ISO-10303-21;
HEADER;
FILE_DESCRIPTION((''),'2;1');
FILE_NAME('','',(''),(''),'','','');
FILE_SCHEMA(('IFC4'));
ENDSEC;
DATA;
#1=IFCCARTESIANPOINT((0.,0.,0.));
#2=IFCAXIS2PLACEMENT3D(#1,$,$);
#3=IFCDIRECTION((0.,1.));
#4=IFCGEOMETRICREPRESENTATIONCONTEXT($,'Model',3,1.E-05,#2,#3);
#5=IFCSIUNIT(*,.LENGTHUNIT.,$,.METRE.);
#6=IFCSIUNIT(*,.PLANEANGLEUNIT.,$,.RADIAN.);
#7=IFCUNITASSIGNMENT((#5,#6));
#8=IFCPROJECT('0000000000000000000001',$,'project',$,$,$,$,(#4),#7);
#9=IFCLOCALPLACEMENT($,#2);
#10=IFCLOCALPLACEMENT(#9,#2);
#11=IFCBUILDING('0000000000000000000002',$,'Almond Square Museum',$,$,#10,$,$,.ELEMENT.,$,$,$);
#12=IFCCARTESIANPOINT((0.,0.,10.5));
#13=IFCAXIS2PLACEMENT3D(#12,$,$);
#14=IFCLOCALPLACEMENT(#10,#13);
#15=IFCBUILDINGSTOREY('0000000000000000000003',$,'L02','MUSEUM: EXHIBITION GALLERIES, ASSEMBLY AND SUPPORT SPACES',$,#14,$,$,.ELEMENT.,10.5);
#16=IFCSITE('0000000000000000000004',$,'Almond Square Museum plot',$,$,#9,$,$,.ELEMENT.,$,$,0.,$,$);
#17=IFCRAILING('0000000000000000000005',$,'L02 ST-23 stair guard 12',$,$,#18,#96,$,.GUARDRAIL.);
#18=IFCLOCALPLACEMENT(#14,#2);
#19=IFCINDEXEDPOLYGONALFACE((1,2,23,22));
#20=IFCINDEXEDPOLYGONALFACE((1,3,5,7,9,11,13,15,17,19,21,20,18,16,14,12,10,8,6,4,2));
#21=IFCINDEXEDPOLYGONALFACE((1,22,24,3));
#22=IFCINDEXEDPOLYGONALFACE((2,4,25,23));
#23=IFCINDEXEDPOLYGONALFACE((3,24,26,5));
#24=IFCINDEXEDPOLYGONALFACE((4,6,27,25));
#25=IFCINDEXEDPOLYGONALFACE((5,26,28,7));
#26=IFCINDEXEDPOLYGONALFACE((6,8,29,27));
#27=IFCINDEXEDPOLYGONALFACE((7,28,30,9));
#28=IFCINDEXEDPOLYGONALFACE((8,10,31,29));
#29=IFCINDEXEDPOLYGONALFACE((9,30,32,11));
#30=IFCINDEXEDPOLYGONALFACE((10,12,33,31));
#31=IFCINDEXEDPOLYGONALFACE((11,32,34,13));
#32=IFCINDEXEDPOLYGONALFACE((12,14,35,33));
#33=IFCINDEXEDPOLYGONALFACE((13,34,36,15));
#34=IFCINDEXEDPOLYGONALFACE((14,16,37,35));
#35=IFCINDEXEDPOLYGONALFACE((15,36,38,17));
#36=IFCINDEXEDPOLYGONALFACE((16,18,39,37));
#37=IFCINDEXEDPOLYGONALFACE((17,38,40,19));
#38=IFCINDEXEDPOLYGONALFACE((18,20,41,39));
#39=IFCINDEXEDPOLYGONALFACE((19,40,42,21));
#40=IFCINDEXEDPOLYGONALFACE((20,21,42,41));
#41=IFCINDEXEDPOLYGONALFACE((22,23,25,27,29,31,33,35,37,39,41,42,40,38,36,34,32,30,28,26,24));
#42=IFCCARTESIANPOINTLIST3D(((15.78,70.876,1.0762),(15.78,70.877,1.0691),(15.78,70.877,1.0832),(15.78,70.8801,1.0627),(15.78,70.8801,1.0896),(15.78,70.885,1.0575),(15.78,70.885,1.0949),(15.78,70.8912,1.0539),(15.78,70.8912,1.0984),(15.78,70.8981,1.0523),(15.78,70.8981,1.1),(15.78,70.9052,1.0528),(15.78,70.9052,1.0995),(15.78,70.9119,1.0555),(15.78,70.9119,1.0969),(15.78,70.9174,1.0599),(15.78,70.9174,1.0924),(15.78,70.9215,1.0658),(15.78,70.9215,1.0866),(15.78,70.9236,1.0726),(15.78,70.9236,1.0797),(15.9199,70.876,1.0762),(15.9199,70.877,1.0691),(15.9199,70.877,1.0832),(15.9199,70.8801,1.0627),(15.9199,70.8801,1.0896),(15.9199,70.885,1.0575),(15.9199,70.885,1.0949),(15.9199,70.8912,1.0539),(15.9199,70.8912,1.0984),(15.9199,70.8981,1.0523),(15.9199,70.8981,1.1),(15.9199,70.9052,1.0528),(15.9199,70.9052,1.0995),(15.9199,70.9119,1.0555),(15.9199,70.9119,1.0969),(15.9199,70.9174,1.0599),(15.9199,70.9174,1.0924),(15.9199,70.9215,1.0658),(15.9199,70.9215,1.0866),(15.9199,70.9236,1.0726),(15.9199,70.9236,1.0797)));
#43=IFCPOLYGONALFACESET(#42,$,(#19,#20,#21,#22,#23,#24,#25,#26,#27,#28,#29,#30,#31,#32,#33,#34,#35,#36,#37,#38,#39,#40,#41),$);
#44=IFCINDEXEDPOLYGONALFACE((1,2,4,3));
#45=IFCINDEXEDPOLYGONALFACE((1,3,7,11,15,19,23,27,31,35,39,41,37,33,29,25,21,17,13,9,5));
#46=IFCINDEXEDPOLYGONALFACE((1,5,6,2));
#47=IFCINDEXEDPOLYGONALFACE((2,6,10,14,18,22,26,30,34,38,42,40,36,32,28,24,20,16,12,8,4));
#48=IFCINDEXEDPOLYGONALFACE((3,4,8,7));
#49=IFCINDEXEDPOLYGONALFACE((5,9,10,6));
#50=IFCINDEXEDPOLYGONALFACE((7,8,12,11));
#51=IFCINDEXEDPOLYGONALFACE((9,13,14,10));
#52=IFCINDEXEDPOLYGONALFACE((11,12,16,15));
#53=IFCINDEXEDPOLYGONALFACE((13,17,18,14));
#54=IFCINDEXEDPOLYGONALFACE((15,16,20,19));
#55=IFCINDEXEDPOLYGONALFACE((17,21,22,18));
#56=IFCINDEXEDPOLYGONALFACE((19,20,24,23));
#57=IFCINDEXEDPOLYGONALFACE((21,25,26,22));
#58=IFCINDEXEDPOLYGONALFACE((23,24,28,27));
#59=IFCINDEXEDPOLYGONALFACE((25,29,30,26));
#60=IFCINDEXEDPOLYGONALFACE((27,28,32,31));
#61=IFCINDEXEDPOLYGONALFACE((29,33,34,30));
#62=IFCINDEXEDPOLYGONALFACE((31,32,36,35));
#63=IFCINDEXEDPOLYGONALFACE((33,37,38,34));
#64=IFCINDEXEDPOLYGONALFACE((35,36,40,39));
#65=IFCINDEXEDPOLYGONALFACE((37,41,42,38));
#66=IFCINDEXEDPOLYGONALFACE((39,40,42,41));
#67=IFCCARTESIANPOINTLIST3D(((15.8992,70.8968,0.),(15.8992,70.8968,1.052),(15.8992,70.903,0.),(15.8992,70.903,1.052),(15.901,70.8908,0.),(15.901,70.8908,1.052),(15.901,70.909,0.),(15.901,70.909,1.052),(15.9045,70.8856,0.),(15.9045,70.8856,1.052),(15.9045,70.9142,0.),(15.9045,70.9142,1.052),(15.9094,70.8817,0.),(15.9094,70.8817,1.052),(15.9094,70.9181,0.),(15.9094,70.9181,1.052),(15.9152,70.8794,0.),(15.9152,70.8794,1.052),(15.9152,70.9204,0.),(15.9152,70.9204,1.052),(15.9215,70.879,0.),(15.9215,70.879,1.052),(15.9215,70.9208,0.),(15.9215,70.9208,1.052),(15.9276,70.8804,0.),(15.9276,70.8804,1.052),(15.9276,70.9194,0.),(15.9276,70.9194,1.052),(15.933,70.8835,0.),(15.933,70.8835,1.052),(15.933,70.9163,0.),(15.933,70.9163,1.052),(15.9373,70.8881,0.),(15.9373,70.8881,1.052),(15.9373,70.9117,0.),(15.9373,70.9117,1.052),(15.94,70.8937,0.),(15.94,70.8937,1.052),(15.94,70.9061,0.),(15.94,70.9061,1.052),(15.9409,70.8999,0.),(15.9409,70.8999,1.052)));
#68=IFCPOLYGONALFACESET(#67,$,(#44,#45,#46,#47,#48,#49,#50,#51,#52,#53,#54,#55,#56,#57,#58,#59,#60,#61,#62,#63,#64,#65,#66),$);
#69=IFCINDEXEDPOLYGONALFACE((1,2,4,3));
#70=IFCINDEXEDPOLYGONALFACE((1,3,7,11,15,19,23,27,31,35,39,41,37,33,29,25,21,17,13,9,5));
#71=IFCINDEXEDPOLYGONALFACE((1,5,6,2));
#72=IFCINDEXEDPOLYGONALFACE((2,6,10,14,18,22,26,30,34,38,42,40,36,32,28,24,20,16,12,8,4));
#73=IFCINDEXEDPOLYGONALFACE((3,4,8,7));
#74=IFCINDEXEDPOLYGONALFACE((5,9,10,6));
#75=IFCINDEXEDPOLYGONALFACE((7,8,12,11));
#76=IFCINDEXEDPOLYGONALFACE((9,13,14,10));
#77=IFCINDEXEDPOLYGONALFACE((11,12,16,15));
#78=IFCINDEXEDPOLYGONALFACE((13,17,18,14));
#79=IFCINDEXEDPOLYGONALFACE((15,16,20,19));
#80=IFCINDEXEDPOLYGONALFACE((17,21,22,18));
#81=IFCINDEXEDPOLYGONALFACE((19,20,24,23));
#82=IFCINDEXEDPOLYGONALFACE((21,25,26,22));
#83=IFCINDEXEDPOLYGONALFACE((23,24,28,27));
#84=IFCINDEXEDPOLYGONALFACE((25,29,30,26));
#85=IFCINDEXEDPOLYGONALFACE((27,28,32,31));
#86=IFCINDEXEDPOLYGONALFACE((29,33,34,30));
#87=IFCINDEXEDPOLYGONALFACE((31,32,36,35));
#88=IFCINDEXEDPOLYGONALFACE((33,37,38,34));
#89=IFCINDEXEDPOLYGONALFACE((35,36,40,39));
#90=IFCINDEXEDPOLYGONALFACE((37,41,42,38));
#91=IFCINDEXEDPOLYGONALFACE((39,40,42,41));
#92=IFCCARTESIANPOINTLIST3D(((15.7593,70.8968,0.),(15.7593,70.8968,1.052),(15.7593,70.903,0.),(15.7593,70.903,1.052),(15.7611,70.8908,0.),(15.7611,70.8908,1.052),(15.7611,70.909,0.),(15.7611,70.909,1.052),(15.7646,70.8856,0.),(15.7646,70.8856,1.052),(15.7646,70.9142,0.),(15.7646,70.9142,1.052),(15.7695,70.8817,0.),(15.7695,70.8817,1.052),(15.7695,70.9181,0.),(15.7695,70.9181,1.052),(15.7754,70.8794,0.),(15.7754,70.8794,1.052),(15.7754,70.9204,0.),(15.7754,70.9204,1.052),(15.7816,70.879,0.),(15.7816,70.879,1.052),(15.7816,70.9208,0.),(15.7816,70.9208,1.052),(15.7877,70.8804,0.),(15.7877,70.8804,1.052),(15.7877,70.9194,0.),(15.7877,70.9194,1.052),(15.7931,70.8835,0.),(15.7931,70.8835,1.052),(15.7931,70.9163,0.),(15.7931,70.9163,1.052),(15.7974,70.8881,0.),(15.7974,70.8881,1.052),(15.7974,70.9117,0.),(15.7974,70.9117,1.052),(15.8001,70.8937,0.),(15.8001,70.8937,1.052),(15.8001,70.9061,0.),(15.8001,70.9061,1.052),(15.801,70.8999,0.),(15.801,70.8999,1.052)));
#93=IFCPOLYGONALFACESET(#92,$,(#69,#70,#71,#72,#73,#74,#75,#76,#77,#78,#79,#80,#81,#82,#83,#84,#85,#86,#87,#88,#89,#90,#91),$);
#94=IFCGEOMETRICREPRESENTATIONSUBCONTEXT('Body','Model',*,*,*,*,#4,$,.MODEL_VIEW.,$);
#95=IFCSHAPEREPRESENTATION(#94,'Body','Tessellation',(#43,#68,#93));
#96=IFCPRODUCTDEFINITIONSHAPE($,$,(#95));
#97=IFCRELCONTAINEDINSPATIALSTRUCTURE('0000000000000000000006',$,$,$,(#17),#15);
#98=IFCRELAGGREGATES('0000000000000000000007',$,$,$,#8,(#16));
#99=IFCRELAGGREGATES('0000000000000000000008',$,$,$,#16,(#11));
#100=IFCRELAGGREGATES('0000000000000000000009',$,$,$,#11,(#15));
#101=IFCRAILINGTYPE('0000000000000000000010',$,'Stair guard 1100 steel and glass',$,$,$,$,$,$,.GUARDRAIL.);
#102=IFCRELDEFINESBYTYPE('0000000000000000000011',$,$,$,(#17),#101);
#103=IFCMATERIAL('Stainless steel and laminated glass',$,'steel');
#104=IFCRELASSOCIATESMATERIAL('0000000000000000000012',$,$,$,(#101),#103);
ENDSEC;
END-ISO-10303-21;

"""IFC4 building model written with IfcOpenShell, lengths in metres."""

from ifc_helpers import new_model, si_unit, direction, frame, origin, origin_2d, place, context, subcontext, project, spatial, circle, extrude, material, type_object, element, save


model = new_model("IFC4")

# Units and contexts
model_context = context("Model", 3, precision=1e-05, world=origin(), true_north=direction((0.0, 1.0)))
body_context = subcontext(model_context, "Body", "Model", "MODEL_VIEW")
ifc_project = project(units=[si_unit("LENGTHUNIT", "METRE"), si_unit("PLANEANGLEUNIT", "RADIAN")], contexts=[model_context])

# Site, building, storey
site_placement = place(None, origin())
site = spatial("IfcSite", under=ifc_project, at=site_placement, Name="Almond Square Museum plot", CompositionType="ELEMENT", RefElevation=0.0)
building_placement = place(site_placement, origin())
building = spatial("IfcBuilding", under=site, at=building_placement, Name="Almond Square Museum", CompositionType="ELEMENT")
storey_placement = place(building_placement, frame((0.0, 0.0, 10.5)))
storey = spatial("IfcBuildingStorey", under=building, at=storey_placement, Name="L02", Description="MUSEUM: EXHIBITION GALLERIES, ASSEMBLY AND SUPPORT SPACES", CompositionType="ELEMENT", Elevation=10.5)

# Railing
ifc_material_1 = material(Name="Stainless steel and laminated glass", Category="steel")
railing_type_1 = type_object("IfcRailingType", Name="Stair guard 1100 steel and glass", PredefinedType="GUARDRAIL", material=ifc_material_1)
railing_1_placement = place(storey_placement, frame((15.9199, 70.8999, 0.0)))
element("IfcRailing", 1, at=railing_1_placement, inside=storey, type_object=railing_type_1, Name="L02 ST-23 stair guard 12", PredefinedType="GUARDRAIL", context=body_context, shape_type="SweptSolid", body=[
    extrude(circle(Radius=0.0239, at=origin_2d()), frame((0.0, 0.0, 1.0762), z_axis=(-1.0, 0.0, 0.0), x_axis=(0.0, -1.0, 0.0)), (0.0, 0.0, 1.0), 0.1399),
    extrude(circle(Radius=0.021, at=origin_2d()), origin(), (0.0, 0.0, 1.0), 1.052),
    extrude(circle(Radius=0.021, at=origin_2d()), frame((-0.1399, 0.0, 0.0)), (0.0, 0.0, 1.0), 1.052),
])

save(model, "model.ifc")
